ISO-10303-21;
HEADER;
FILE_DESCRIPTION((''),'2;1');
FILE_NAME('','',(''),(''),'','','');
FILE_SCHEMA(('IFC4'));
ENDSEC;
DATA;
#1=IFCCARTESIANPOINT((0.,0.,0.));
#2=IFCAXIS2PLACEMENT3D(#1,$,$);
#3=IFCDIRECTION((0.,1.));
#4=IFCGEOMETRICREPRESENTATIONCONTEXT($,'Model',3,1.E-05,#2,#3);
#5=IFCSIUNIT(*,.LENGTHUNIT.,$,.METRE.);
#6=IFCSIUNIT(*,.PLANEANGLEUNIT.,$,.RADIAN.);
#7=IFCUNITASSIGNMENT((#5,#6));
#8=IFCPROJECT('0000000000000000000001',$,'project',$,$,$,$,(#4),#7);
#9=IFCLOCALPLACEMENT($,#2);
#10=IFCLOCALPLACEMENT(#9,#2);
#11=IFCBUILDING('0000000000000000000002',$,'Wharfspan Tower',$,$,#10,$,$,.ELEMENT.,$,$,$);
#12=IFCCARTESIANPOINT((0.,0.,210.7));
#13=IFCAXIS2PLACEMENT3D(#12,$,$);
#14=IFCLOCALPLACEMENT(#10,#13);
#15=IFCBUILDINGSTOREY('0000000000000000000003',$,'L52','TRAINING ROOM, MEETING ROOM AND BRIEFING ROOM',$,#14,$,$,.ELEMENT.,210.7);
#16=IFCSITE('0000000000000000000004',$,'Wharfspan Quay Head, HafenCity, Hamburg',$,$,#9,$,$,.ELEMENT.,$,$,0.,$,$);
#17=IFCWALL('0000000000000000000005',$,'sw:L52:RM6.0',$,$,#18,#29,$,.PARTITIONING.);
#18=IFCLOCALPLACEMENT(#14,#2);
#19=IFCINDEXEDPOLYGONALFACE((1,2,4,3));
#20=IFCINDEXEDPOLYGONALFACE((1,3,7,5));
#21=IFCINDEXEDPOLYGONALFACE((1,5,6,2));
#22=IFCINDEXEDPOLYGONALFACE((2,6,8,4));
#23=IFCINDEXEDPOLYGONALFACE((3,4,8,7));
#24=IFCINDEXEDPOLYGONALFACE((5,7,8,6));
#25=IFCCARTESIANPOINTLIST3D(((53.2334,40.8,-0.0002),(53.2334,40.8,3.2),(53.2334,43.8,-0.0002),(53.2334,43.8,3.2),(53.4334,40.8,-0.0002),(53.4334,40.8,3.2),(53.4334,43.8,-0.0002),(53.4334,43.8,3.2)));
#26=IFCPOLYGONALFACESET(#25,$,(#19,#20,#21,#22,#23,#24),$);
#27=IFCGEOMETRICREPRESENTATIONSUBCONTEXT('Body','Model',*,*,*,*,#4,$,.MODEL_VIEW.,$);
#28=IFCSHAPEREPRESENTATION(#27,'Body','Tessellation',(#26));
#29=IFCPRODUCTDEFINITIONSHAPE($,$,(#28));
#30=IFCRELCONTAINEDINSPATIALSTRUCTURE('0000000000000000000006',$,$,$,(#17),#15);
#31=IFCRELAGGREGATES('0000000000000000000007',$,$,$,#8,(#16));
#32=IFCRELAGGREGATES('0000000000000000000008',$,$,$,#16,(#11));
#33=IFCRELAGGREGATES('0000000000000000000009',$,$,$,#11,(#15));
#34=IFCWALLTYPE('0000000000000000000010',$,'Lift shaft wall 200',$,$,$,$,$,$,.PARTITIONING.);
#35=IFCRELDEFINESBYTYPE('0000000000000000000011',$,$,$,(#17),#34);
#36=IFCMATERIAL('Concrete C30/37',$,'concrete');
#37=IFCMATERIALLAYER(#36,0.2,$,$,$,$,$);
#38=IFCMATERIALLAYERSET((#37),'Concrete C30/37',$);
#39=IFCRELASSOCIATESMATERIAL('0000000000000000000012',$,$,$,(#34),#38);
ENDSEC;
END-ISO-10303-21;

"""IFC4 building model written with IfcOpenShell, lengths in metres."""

from ifc_helpers import new_model, si_unit, direction, frame, origin, place, context, subcontext, project, spatial, polyline, outline, extrude, material, layer, layer_set, type_object, element, save


model = new_model("IFC4")

# Units and contexts
model_context = context("Model", 3, precision=1e-05, world=origin(), true_north=direction((0.0, 1.0)))
body_context = subcontext(model_context, "Body", "Model", "MODEL_VIEW")
ifc_project = project(units=[si_unit("LENGTHUNIT", "METRE"), si_unit("PLANEANGLEUNIT", "RADIAN")], contexts=[model_context])

# Site, building, storey
site_placement = place(None, origin())
site = spatial("IfcSite", under=ifc_project, at=site_placement, Name="Wharfspan Quay Head, HafenCity, Hamburg", CompositionType="ELEMENT", RefElevation=0.0)
building_placement = place(site_placement, origin())
building = spatial("IfcBuilding", under=site, at=building_placement, Name="Wharfspan Tower", CompositionType="ELEMENT")
storey_placement = place(building_placement, frame((0.0, 0.0, 210.7)))
storey = spatial("IfcBuildingStorey", under=building, at=storey_placement, Name="L52", Description="TRAINING ROOM, MEETING ROOM AND BRIEFING ROOM", CompositionType="ELEMENT", Elevation=210.7)

# Wall
ifc_material_1 = material(Name="Concrete C30/37", Category="concrete")
ifc_layer_1 = layer(ifc_material_1, 0.2)
ifc_layer_set_1 = layer_set([ifc_layer_1], Name="Concrete C30/37")
wall_type_1 = type_object("IfcWallType", Name="Lift shaft wall 200", PredefinedType="PARTITIONING", material=ifc_layer_set_1)
wall_1_placement = place(storey_placement, frame((0.0, 0.0, -0.0002)))
element("IfcWall", 1, at=wall_1_placement, inside=storey, type_object=wall_type_1, Name="sw:L52:RM6.0", PredefinedType="PARTITIONING", context=body_context, shape_type="SweptSolid", body=[
    extrude(outline(polyline([(53.4333, 40.8), (53.4333, 43.8), (53.2334, 43.8), (53.2334, 40.8), (53.4333, 40.8)])), origin(), (0.0, 0.0, 1.0), 3.2002),
])

save(model, "model.ifc")
